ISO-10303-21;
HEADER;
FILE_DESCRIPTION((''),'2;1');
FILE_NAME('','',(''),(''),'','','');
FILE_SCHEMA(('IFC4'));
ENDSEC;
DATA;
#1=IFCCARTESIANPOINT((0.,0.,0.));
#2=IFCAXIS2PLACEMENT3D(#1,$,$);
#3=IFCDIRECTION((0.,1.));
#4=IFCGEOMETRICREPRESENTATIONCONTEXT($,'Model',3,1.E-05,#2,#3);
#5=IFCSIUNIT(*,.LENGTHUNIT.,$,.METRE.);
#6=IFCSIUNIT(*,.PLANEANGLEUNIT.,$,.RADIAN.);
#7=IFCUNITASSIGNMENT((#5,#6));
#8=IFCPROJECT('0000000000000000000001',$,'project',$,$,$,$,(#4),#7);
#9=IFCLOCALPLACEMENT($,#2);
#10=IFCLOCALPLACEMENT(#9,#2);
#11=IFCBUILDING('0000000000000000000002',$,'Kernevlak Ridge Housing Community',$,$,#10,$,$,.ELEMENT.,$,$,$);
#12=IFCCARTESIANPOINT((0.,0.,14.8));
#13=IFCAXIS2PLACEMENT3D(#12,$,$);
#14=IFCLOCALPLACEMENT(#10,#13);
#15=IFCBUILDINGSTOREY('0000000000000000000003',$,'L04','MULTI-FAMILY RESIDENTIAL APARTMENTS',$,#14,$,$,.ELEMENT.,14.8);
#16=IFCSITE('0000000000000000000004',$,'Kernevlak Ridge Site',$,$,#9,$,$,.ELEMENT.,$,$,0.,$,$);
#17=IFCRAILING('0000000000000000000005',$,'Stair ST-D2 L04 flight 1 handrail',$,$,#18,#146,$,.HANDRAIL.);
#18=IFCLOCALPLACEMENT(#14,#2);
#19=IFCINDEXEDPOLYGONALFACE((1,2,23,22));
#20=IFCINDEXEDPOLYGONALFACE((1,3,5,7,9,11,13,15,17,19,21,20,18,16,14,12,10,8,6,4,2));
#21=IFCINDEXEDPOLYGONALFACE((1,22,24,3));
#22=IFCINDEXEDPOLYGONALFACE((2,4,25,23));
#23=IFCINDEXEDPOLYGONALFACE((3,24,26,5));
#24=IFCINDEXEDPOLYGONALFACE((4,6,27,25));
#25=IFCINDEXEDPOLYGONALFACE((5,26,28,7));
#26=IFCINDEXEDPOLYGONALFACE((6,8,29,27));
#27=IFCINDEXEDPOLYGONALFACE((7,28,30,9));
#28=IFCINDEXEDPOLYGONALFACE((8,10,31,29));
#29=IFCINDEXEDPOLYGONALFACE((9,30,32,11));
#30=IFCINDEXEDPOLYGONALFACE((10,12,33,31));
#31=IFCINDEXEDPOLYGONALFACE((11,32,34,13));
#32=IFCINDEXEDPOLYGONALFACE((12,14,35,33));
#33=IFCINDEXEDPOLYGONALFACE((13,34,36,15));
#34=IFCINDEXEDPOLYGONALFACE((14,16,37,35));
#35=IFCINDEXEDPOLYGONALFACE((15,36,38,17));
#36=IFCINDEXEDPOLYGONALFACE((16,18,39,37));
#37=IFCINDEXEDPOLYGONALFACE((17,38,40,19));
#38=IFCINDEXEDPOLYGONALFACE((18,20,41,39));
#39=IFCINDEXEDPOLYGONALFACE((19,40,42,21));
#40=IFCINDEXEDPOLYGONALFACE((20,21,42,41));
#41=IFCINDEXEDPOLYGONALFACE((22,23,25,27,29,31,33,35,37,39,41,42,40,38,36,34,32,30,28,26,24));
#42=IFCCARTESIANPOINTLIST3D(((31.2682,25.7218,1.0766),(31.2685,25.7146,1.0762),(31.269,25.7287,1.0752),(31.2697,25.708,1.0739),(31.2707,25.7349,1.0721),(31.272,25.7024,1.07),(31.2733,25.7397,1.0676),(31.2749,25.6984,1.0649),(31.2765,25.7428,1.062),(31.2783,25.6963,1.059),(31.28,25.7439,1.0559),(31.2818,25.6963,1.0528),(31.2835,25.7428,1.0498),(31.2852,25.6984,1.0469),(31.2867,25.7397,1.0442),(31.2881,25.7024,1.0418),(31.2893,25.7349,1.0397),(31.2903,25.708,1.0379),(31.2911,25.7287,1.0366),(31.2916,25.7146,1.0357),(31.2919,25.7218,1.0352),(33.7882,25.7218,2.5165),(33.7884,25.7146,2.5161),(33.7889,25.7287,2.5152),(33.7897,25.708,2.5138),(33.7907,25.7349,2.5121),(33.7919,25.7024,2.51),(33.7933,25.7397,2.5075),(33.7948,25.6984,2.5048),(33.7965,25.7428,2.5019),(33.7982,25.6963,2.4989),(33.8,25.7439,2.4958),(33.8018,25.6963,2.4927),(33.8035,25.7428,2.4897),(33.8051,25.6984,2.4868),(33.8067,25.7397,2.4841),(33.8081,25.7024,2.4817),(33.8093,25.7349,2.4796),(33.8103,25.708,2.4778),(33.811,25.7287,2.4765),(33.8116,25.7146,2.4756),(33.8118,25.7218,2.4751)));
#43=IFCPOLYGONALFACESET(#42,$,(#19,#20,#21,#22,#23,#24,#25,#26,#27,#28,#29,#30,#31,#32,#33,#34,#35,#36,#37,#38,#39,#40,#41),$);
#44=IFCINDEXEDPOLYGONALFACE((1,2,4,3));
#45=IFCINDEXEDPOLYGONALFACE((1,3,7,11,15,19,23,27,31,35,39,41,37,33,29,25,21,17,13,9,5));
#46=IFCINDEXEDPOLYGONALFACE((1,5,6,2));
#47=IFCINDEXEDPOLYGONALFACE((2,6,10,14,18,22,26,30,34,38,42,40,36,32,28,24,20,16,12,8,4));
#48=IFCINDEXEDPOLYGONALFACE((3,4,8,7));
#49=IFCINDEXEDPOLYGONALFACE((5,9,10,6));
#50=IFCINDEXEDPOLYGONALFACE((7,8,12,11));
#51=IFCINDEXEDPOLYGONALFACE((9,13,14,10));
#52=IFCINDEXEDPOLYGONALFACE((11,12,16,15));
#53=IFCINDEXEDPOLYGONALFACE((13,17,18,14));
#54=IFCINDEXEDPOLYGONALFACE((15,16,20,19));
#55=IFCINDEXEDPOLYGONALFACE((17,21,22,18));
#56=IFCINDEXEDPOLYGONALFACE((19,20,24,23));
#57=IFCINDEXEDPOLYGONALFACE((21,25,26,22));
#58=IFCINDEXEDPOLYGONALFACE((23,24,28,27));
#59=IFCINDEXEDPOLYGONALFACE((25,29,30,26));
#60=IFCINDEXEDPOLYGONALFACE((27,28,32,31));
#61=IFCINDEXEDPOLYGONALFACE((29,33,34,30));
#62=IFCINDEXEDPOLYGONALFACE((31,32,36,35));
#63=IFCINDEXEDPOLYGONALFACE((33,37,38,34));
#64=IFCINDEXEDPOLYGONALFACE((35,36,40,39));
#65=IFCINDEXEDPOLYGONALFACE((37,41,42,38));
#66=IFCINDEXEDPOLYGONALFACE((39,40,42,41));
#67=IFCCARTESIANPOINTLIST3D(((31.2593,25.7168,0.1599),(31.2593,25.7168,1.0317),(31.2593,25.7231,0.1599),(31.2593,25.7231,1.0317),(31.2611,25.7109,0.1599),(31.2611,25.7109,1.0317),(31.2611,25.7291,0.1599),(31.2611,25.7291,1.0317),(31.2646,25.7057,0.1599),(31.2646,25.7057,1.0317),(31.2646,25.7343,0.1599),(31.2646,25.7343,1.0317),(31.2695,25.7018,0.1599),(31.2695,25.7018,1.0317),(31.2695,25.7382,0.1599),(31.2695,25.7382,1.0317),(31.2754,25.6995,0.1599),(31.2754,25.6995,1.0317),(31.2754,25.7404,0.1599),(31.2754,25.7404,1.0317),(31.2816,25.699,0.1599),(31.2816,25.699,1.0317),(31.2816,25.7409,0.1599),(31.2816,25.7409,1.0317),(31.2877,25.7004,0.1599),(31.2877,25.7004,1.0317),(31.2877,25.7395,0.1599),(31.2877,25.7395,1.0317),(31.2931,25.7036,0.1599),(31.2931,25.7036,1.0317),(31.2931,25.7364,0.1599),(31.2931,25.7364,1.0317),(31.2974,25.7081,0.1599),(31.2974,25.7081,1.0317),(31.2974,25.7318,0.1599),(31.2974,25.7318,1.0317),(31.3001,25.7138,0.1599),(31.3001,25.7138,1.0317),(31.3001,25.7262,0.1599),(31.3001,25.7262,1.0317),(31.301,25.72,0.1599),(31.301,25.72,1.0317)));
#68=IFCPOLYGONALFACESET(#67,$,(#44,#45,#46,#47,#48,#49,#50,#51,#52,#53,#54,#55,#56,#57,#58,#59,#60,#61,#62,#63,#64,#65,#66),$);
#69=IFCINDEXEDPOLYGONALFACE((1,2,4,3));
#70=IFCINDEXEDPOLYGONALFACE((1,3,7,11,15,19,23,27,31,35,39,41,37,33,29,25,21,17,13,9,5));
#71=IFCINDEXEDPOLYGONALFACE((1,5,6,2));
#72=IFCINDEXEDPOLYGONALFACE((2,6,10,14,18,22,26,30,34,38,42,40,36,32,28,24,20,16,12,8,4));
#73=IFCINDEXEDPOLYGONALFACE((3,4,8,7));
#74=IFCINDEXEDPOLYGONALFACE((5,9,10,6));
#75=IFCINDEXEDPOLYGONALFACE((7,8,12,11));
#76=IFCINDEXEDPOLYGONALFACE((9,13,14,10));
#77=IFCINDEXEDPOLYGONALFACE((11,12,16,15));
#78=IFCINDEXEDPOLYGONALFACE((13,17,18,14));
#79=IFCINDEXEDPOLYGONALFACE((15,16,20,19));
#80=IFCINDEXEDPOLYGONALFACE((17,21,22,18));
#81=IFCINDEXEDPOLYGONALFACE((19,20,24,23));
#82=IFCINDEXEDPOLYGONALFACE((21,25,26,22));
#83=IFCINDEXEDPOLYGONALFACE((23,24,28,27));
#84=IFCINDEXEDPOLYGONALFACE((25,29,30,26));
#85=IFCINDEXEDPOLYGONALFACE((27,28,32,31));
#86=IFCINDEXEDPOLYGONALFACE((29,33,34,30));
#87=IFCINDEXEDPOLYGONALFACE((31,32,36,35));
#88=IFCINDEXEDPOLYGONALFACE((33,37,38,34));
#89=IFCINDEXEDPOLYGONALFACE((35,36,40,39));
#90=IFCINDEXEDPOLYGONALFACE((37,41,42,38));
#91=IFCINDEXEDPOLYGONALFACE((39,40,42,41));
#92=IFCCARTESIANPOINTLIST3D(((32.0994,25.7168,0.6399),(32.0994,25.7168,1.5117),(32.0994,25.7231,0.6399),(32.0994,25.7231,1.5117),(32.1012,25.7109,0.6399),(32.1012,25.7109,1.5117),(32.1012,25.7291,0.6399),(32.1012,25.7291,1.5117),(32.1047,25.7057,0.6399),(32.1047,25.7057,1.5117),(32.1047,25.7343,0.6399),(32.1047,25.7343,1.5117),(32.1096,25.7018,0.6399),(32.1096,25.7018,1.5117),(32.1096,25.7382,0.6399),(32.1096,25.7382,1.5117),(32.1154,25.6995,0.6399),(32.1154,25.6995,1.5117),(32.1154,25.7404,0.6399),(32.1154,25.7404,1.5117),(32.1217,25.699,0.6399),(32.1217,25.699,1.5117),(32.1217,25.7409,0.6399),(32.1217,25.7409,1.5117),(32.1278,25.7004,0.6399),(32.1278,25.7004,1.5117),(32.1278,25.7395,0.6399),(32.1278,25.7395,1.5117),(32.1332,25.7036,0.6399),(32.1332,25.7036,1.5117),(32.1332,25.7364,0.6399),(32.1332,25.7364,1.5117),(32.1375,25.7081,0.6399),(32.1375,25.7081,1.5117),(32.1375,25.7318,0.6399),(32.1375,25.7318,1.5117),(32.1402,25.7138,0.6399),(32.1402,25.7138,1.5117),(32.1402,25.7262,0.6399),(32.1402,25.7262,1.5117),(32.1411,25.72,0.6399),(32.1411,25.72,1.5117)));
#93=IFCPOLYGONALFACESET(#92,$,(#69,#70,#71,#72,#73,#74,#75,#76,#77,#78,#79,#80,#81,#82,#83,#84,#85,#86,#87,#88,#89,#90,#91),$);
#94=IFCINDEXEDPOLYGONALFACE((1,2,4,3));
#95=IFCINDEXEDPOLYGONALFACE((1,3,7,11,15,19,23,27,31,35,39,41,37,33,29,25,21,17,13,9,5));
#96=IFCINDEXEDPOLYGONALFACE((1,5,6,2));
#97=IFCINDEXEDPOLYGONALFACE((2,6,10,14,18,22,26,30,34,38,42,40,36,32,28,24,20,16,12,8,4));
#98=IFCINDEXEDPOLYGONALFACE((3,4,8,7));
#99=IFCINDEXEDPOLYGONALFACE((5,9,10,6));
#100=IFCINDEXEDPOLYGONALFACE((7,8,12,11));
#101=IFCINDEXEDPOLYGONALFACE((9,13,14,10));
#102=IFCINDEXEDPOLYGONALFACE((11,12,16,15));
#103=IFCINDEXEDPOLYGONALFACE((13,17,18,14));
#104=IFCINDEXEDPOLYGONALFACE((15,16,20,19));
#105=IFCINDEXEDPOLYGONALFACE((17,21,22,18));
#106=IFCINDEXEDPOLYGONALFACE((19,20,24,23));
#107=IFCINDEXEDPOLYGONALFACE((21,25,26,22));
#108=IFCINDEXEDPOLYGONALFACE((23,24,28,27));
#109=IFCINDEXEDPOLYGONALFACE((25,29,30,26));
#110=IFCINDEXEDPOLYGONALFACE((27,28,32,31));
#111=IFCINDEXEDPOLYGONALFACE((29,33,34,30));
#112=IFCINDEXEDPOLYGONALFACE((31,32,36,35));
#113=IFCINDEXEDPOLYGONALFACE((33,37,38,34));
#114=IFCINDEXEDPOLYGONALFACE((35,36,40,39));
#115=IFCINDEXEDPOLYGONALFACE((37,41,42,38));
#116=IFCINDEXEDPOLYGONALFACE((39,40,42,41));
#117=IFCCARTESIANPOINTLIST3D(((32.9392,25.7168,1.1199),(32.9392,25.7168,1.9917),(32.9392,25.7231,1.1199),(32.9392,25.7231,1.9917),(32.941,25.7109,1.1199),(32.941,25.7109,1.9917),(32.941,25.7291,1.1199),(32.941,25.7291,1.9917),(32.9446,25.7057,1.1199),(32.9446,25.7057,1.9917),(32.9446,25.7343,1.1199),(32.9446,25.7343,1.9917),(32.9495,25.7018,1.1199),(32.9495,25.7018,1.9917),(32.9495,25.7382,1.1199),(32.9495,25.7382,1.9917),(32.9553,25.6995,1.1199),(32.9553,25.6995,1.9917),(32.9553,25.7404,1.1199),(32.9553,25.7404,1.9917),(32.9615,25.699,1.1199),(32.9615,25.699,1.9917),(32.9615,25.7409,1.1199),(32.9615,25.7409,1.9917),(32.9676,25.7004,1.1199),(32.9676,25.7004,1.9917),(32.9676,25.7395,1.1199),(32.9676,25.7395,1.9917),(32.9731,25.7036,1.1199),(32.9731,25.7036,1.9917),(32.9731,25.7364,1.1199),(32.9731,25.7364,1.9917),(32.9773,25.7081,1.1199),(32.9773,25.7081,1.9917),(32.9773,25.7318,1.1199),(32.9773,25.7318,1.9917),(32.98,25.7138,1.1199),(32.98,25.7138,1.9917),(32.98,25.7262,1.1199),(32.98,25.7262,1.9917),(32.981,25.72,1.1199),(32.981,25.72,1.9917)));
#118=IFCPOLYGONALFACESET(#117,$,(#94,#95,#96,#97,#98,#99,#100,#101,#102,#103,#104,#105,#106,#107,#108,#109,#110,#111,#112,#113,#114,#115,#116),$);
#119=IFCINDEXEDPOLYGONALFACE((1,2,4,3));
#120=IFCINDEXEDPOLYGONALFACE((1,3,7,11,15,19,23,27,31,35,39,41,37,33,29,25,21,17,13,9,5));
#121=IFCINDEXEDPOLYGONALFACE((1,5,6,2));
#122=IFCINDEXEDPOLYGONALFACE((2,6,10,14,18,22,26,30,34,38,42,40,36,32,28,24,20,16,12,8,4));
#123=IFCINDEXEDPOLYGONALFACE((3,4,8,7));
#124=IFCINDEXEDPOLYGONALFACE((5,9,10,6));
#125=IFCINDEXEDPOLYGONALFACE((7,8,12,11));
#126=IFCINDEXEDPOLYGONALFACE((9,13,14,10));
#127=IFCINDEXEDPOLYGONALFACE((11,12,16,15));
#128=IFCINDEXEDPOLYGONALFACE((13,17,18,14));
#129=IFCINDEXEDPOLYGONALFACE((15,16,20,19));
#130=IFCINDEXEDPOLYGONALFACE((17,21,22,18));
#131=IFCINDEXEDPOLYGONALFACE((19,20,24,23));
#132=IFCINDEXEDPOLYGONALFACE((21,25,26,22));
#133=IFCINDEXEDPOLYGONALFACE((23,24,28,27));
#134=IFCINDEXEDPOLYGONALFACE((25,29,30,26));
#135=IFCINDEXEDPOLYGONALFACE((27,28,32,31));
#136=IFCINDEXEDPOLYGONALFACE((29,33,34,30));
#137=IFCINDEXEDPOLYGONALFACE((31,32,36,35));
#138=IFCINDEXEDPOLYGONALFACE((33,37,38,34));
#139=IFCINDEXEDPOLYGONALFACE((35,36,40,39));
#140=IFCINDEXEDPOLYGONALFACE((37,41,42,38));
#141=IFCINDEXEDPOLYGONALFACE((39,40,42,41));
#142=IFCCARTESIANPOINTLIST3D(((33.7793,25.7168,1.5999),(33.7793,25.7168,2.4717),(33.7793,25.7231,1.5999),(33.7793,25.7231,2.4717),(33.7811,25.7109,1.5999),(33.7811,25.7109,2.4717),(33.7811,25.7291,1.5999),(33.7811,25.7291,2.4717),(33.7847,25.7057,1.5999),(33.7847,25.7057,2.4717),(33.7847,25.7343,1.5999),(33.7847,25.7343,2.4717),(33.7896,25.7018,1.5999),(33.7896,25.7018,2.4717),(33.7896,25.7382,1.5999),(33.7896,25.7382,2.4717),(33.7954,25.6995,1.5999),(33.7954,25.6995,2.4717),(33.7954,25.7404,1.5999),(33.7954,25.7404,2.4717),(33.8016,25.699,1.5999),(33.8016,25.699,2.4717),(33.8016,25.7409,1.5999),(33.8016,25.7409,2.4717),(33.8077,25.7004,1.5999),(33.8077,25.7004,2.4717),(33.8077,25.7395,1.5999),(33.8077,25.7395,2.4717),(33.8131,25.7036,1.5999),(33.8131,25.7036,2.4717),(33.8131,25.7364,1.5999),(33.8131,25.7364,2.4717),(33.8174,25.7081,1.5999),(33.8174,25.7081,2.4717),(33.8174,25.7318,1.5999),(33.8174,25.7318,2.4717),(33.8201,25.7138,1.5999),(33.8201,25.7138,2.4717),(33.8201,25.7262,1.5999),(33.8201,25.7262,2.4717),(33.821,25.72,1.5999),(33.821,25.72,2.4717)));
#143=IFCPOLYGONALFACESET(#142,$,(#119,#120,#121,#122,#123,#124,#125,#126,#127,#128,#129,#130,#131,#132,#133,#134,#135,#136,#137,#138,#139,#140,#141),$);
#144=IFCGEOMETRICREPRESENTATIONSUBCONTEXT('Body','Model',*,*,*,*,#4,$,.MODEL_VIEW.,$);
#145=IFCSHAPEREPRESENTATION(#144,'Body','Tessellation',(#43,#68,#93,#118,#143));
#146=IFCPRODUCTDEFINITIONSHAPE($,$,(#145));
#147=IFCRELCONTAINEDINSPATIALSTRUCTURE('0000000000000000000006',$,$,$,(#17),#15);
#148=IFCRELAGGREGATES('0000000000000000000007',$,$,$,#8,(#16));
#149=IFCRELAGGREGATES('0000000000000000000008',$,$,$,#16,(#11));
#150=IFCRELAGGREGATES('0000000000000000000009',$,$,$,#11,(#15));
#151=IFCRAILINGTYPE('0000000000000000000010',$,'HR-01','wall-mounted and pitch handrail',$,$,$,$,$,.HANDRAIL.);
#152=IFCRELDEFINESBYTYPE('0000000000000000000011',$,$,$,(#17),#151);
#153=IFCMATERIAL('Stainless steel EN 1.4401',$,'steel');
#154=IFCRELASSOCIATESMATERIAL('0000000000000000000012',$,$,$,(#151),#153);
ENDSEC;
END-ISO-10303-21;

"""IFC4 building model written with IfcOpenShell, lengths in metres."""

from ifc_helpers import new_model, si_unit, direction, frame, origin, origin_2d, place, context, subcontext, project, spatial, circle, extrude, material, type_object, element, save


model = new_model("IFC4")

# Units and contexts
model_context = context("Model", 3, precision=1e-05, world=origin(), true_north=direction((0.0, 1.0)))
body_context = subcontext(model_context, "Body", "Model", "MODEL_VIEW")
ifc_project = project(units=[si_unit("LENGTHUNIT", "METRE"), si_unit("PLANEANGLEUNIT", "RADIAN")], contexts=[model_context])

# Site, building, storey
site_placement = place(None, origin())
site = spatial("IfcSite", under=ifc_project, at=site_placement, Name="Kernevlak Ridge Site", CompositionType="ELEMENT", RefElevation=0.0)
building_placement = place(site_placement, origin())
building = spatial("IfcBuilding", under=site, at=building_placement, Name="Kernevlak Ridge Housing Community", CompositionType="ELEMENT")
storey_placement = place(building_placement, frame((0.0, 0.0, 14.8)))
storey = spatial("IfcBuildingStorey", under=building, at=storey_placement, Name="L04", Description="MULTI-FAMILY RESIDENTIAL APARTMENTS", CompositionType="ELEMENT", Elevation=14.8)

# Railing
ifc_material_1 = material(Name="Stainless steel EN 1.4401", Category="steel")
railing_type_1 = type_object("IfcRailingType", Name="HR-01", Description="wall-mounted and pitch handrail", PredefinedType="HANDRAIL", material=ifc_material_1)
railing_1_placement = place(storey_placement, frame((31.28, 25.72, 0.1599)))
element("IfcRailing", 1, at=railing_1_placement, inside=storey, type_object=railing_type_1, Name="Stair ST-D2 L04 flight 1 handrail", PredefinedType="HANDRAIL", context=body_context, shape_type="SweptSolid", body=[
    extrude(circle(Radius=0.0239, at=origin_2d()), frame((0.0, 0.0, 0.896), z_axis=(0.868253, 0.0, 0.496121), x_axis=(0.0, 1.0, 0.0)), (0.0, 0.0, 1.0), 2.9023),
    extrude(circle(Radius=0.021, at=origin_2d()), origin(), (0.0, 0.0, 1.0), 0.8718),
    extrude(circle(Radius=0.021, at=origin_2d()), frame((0.8401, 0.0, 0.48)), (0.0, 0.0, 1.0), 0.8718),
    extrude(circle(Radius=0.021, at=origin_2d()), frame((1.6799, 0.0, 0.96)), (0.0, 0.0, 1.0), 0.8718),
    extrude(circle(Radius=0.021, at=origin_2d()), frame((2.52, 0.0, 1.4399)), (0.0, 0.0, 1.0), 0.8718),
])

save(model, "model.ifc")
